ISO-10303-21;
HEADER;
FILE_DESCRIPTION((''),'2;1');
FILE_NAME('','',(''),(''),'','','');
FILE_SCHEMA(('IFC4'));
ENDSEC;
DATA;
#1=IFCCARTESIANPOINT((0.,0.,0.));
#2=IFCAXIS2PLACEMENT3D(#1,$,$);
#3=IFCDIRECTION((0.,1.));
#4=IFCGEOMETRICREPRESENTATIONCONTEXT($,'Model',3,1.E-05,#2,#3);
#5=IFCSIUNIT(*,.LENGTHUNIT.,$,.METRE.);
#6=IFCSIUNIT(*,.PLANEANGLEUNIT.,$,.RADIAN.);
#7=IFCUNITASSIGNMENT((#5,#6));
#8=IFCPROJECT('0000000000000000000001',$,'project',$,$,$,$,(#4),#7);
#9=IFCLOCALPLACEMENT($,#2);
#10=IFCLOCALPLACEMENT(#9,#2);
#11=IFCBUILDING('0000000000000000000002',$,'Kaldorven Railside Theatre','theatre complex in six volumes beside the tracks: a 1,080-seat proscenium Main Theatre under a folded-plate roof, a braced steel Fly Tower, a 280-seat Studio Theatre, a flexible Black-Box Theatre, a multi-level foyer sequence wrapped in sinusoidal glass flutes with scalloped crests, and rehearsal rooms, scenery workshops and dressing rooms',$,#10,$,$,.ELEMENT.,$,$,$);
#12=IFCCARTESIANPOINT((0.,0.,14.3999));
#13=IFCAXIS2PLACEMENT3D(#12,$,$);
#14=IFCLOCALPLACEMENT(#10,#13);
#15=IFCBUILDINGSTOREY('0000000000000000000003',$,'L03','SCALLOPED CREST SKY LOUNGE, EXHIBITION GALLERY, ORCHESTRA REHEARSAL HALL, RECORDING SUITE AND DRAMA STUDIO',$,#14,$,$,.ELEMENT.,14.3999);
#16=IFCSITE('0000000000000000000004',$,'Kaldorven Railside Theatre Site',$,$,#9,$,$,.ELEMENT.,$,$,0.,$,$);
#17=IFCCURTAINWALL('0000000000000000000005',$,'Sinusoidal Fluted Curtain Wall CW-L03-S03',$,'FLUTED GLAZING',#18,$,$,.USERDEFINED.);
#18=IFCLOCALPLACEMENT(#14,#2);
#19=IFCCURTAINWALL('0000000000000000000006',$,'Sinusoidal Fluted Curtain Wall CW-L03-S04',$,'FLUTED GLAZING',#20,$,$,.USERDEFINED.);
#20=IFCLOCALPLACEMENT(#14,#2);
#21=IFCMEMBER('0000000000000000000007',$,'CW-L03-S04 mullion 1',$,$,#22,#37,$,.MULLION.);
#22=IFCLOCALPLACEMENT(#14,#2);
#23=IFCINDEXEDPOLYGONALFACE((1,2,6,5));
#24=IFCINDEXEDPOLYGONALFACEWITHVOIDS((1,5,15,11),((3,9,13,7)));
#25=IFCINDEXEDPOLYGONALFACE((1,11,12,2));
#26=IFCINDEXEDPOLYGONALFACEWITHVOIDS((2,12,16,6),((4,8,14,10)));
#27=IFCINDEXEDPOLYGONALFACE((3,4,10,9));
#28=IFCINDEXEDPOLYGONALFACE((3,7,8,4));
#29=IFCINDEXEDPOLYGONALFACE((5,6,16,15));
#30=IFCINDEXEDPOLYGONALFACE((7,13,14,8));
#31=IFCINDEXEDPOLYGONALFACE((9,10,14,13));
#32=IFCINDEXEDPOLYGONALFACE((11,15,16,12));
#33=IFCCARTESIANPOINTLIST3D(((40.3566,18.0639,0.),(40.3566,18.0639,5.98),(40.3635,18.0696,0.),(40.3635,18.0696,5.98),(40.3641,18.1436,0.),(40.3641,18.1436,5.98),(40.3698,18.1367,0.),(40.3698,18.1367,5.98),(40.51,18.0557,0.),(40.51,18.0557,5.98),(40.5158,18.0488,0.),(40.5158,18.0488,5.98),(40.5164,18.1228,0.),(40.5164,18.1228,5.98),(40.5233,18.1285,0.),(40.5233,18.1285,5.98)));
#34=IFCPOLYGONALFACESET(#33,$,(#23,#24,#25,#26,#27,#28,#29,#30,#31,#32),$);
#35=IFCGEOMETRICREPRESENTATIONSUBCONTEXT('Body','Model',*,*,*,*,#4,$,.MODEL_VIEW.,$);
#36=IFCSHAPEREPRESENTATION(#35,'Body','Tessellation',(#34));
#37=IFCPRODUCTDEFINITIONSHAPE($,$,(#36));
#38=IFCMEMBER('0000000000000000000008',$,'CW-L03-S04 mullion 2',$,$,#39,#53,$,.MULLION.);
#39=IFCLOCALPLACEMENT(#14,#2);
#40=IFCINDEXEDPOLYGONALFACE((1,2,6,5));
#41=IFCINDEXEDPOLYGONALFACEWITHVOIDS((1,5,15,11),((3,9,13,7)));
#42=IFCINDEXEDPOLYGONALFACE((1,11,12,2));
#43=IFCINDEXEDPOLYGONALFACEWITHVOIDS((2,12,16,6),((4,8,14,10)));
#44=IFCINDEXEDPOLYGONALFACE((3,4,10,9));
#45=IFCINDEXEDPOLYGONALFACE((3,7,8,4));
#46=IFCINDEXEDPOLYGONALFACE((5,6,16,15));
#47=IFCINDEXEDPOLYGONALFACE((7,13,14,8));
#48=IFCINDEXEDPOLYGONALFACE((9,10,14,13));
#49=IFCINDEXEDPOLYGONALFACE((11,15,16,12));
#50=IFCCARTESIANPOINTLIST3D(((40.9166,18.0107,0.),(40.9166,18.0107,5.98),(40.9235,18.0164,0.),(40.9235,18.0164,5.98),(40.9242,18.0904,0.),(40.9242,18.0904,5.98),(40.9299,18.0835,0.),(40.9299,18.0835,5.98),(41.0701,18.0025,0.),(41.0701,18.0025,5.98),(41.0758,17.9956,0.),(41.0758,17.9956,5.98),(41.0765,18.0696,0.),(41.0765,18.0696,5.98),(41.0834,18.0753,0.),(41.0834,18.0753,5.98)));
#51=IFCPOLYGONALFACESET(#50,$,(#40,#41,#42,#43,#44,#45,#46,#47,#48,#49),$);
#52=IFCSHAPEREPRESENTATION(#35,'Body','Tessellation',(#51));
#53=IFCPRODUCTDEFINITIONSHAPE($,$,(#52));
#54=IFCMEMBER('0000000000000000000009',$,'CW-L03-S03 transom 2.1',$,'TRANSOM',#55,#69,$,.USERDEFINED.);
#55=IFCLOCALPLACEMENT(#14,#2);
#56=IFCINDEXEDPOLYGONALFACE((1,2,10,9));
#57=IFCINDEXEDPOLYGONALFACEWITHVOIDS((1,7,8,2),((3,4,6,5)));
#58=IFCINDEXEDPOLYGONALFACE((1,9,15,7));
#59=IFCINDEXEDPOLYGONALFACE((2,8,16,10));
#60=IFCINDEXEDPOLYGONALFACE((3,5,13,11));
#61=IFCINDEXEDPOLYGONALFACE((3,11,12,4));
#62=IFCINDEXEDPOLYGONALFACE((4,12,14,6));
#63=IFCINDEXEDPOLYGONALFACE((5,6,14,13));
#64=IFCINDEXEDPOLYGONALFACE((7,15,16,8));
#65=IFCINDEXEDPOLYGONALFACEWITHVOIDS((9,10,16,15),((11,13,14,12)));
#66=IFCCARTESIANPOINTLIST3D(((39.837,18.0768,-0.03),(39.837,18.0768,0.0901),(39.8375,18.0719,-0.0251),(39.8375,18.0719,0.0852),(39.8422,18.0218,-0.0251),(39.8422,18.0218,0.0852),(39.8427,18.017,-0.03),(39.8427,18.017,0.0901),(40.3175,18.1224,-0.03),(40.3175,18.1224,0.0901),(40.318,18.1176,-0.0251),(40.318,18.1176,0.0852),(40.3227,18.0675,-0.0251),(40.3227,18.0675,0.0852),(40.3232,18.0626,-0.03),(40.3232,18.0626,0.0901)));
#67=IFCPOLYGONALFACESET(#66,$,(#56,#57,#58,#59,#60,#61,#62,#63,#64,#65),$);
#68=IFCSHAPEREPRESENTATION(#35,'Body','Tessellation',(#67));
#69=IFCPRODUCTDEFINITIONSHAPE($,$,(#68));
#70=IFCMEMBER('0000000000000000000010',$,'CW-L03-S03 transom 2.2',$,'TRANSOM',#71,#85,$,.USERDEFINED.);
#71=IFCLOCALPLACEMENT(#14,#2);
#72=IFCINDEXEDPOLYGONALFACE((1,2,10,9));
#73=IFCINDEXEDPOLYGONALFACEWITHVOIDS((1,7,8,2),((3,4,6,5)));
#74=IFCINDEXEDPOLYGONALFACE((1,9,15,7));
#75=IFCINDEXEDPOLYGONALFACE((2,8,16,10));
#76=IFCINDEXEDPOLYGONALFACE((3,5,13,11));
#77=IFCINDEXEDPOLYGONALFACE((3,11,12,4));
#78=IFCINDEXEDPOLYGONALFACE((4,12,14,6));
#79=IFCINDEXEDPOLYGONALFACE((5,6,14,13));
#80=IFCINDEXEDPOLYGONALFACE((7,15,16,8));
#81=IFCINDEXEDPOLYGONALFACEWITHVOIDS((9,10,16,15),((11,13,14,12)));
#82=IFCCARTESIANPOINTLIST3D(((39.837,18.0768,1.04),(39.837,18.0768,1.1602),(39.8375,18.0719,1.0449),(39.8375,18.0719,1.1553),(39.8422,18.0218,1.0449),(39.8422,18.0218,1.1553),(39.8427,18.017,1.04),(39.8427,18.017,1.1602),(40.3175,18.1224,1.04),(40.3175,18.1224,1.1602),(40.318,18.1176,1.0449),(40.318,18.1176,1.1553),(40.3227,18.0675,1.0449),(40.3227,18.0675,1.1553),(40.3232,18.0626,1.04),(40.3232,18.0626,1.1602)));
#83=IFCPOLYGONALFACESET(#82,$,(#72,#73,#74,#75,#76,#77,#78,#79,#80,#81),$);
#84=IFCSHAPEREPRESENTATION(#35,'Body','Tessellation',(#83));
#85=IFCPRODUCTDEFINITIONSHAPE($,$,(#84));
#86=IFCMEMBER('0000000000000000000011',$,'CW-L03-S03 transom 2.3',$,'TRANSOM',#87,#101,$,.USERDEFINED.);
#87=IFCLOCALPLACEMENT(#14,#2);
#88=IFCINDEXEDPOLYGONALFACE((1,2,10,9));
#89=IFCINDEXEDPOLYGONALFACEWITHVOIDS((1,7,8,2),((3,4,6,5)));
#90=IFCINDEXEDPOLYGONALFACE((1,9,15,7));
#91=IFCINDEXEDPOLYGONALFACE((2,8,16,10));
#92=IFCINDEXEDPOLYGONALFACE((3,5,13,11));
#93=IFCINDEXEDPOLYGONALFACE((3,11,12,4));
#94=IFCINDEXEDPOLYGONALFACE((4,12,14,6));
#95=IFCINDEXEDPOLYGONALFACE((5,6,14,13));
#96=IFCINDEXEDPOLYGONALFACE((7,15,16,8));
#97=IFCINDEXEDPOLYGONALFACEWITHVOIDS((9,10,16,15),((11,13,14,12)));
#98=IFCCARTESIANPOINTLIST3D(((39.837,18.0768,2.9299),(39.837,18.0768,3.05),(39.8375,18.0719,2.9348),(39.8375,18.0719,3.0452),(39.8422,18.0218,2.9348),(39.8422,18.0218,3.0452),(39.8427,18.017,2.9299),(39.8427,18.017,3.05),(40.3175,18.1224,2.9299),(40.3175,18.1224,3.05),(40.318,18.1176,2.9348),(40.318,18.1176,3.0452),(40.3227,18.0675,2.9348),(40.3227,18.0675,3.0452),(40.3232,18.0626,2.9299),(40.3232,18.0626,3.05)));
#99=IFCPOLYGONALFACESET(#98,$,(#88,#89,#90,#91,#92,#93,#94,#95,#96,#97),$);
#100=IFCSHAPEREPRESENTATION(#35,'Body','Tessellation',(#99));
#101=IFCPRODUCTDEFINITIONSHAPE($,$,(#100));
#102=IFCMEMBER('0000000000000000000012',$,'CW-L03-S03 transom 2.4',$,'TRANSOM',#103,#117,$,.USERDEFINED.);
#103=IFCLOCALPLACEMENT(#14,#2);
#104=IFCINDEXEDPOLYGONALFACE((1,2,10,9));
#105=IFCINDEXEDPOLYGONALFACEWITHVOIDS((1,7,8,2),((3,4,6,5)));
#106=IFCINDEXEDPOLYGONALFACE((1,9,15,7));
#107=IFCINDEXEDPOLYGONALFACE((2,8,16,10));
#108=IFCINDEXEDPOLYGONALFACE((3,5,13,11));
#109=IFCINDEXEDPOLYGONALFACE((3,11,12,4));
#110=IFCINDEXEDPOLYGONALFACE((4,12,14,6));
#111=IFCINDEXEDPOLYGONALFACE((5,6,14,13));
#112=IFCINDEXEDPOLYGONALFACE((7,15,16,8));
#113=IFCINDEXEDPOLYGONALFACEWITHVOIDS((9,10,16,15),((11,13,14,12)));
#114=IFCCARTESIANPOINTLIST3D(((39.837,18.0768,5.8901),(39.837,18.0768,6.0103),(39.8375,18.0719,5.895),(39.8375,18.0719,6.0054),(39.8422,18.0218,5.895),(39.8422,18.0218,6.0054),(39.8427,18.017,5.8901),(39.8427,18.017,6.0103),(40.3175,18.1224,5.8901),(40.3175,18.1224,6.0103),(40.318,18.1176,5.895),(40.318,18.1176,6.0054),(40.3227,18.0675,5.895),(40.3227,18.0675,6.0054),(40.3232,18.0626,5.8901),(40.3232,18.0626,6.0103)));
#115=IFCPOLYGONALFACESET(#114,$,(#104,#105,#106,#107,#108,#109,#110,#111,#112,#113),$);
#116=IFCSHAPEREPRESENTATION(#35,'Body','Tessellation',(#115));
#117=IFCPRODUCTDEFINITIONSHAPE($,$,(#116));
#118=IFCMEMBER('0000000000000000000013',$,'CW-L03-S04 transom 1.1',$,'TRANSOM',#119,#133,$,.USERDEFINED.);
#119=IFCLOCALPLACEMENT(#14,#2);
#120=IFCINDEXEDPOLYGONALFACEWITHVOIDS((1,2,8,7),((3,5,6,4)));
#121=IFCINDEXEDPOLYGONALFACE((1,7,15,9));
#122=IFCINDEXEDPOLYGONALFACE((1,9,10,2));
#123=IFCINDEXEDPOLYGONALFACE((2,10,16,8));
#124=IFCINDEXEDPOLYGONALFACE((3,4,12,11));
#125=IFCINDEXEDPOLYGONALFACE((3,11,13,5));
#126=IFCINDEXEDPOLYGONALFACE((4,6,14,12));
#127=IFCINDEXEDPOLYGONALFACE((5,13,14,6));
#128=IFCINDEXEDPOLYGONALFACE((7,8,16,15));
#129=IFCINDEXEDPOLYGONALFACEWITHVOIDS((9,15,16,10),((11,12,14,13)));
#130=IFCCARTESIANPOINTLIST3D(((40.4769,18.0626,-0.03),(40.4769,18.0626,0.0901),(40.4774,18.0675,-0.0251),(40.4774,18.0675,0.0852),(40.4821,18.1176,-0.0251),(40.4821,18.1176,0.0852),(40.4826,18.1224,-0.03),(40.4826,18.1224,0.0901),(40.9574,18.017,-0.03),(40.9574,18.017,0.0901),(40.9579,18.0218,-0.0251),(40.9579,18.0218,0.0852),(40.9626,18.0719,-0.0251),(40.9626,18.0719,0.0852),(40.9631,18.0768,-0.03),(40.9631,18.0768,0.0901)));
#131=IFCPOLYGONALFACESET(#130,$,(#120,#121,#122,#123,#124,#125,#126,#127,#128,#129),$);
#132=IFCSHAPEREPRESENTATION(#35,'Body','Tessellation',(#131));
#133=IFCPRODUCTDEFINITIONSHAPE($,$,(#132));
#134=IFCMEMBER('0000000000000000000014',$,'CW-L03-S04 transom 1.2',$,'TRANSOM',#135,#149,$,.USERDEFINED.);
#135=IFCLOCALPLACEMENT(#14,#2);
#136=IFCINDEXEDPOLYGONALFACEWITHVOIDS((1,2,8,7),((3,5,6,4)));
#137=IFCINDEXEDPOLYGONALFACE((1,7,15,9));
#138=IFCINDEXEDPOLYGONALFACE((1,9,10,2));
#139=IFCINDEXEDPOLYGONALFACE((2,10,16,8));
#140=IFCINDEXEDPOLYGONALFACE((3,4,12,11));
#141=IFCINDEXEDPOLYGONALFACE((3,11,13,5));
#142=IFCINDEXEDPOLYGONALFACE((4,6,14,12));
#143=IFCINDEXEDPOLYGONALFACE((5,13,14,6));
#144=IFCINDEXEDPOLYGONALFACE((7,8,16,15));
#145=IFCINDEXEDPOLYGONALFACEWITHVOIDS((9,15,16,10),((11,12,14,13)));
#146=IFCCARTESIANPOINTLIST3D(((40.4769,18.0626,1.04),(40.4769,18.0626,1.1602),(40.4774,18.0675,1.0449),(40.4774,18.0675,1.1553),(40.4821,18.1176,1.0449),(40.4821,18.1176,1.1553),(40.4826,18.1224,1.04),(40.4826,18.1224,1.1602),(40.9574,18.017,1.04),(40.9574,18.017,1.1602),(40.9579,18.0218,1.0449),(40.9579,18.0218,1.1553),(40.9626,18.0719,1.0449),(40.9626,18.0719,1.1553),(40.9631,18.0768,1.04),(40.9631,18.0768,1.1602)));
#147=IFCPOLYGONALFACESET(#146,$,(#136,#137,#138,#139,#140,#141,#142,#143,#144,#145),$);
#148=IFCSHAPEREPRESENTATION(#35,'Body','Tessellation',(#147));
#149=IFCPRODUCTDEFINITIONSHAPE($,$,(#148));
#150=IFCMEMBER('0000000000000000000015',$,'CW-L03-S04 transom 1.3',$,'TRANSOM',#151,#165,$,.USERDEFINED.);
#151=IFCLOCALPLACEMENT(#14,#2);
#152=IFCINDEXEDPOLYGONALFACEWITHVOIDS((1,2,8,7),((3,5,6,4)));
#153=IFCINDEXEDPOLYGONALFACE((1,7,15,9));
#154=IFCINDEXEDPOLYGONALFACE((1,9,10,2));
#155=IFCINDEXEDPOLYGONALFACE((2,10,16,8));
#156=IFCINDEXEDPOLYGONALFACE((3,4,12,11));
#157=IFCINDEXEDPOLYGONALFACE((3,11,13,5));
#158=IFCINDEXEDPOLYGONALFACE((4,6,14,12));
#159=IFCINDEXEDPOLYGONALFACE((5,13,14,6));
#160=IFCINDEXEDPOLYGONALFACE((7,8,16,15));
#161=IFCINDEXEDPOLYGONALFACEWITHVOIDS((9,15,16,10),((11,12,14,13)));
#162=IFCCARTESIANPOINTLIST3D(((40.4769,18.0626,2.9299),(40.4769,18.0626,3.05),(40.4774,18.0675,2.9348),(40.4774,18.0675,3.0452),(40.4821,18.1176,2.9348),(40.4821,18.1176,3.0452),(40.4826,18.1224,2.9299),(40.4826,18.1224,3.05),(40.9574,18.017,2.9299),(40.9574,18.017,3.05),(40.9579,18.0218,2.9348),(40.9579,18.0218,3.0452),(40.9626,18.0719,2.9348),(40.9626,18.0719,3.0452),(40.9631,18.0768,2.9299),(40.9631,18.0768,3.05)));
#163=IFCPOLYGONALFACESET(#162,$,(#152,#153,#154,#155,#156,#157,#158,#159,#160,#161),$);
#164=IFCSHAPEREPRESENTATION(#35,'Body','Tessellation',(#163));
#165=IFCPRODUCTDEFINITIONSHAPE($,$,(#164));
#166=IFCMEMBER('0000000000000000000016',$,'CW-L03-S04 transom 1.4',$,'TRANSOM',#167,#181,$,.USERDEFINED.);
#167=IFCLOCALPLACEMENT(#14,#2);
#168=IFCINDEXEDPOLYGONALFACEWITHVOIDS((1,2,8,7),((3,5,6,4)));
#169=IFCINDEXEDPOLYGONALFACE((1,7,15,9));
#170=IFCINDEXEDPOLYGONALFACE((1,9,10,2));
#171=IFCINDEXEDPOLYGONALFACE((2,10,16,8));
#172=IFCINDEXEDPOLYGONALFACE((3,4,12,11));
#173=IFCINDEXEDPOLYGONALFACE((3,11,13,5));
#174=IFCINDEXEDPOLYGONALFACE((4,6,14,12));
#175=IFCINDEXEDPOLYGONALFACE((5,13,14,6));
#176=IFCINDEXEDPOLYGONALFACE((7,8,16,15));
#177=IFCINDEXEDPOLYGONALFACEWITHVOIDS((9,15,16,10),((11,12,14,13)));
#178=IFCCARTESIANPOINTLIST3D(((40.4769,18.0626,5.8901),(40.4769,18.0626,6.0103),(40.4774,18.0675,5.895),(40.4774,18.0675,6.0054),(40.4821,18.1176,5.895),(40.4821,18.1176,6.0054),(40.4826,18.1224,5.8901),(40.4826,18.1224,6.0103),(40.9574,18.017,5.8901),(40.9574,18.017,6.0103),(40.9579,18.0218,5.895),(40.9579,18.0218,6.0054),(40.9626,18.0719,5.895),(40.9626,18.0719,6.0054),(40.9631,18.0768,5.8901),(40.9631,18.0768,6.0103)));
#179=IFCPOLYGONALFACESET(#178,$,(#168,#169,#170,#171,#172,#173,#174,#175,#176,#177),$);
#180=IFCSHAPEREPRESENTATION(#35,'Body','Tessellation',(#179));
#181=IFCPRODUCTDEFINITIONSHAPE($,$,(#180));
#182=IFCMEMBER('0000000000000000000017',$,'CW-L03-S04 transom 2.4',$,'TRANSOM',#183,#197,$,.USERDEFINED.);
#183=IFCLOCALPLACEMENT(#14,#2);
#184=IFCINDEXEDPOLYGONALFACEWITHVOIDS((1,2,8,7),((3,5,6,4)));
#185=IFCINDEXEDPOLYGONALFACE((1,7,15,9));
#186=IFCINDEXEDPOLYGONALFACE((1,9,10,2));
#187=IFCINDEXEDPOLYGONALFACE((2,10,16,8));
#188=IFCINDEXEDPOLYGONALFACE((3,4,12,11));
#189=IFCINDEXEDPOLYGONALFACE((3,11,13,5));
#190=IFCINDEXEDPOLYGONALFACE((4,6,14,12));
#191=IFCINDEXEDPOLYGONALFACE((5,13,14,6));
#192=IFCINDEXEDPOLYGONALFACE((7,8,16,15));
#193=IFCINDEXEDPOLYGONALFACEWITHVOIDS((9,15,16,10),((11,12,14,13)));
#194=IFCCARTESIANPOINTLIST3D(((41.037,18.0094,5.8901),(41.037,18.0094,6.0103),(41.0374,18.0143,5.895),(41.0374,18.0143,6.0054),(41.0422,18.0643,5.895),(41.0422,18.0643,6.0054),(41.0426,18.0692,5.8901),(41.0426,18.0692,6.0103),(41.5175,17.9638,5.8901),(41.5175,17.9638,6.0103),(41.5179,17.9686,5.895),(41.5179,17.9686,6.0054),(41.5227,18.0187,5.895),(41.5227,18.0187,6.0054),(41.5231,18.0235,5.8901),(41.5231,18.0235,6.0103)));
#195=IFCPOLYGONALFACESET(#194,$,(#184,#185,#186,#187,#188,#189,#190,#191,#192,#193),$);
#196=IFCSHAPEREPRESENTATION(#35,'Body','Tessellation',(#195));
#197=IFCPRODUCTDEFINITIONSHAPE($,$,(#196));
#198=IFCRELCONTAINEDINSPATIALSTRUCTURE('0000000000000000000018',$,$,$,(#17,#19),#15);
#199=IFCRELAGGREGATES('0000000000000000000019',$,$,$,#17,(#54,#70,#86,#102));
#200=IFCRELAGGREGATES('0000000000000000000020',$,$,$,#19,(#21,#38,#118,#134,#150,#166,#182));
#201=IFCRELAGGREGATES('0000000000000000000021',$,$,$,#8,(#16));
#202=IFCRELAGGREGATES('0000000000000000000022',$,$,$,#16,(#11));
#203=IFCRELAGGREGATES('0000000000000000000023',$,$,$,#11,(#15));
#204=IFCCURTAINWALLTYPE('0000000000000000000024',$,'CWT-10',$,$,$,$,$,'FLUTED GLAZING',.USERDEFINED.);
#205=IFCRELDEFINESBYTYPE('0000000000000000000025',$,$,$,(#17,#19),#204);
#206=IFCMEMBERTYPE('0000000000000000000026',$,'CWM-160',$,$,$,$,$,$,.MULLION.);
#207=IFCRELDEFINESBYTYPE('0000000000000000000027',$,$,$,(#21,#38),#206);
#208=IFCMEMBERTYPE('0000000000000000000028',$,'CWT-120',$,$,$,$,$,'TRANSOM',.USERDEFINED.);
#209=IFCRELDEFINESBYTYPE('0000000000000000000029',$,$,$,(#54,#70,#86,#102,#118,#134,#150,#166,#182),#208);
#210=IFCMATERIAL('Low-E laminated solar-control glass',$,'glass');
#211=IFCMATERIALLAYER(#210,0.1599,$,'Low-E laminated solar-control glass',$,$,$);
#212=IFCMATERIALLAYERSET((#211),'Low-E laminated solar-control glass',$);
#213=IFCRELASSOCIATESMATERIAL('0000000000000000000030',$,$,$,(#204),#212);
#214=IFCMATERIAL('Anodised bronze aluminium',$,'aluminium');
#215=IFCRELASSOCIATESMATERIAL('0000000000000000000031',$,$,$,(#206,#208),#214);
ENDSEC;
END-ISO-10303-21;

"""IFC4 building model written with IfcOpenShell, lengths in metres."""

from ifc_helpers import new_model, si_unit, direction, frame, origin, origin_2d, place, context, subcontext, project, spatial, hollow_rectangle, extrude, material, layer, layer_set, material_profile, profile_set, type_object, element, aggregate, save


model = new_model("IFC4")

# Units and contexts
model_context = context("Model", 3, precision=1e-05, world=origin(), true_north=direction((0.0, 1.0)))
body_context = subcontext(model_context, "Body", "Model", "MODEL_VIEW")
ifc_project = project(units=[si_unit("LENGTHUNIT", "METRE"), si_unit("PLANEANGLEUNIT", "RADIAN")], contexts=[model_context])

# Site, building, storey
site_placement = place(None, origin())
site = spatial("IfcSite", under=ifc_project, at=site_placement, Name="Kaldorven Railside Theatre Site", CompositionType="ELEMENT", RefElevation=0.0)
building_placement = place(site_placement, origin())
building = spatial("IfcBuilding", under=site, at=building_placement, Name="Kaldorven Railside Theatre", Description="theatre complex in six volumes beside the tracks: a 1,080-seat proscenium Main Theatre under a folded-plate roof, a braced steel Fly Tower, a 280-seat Studio Theatre, a flexible Black-Box Theatre, a multi-level foyer sequence wrapped in sinusoidal glass flutes with scalloped crests, and rehearsal rooms, scenery workshops and dressing rooms", CompositionType="ELEMENT")
storey_placement = place(building_placement, frame((0.0, 0.0, 14.3999)))
storey = spatial("IfcBuildingStorey", under=building, at=storey_placement, Name="L03", Description="SCALLOPED CREST SKY LOUNGE, EXHIBITION GALLERY, ORCHESTRA REHEARSAL HALL, RECORDING SUITE AND DRAMA STUDIO", CompositionType="ELEMENT", Elevation=14.3999)

# Curtain walls, members
ifc_material_1 = material(Name="Low-E laminated solar-control glass", Category="glass")
ifc_layer_1 = layer(ifc_material_1, 0.1599, Name="Low-E laminated solar-control glass")
ifc_layer_set_1 = layer_set([ifc_layer_1], Name="Low-E laminated solar-control glass")
curtain_wall_type = type_object("IfcCurtainWallType", Name="CWT-10", ElementType="FLUTED GLAZING", PredefinedType="USERDEFINED", material=ifc_layer_set_1)
curtain_wall_1_placement = place(storey_placement, origin())
curtain_wall_1 = element("IfcCurtainWall", 1, at=curtain_wall_1_placement, inside=storey, type_object=curtain_wall_type, Name="Sinusoidal Fluted Curtain Wall CW-L03-S03", ObjectType="FLUTED GLAZING", PredefinedType="USERDEFINED")
ifc_material_2 = material(Name="Anodised bronze aluminium", Category="aluminium")
ifc_material_profile_1 = material_profile(ifc_material_2, hollow_rectangle(XDim=0.0801, YDim=0.1599, WallThickness=0.0063, at=origin_2d()), Name="RHS 160x80x6.3")
ifc_profile_set_1 = profile_set([ifc_material_profile_1], Name="Anodised bronze aluminium")
member_type_1 = type_object("IfcMemberType", Name="CWM-160", PredefinedType="MULLION", material=ifc_profile_set_1)
curtain_wall_2_placement = place(storey_placement, origin())
curtain_wall_2 = element("IfcCurtainWall", 2, at=curtain_wall_2_placement, inside=storey, type_object=curtain_wall_type, Name="Sinusoidal Fluted Curtain Wall CW-L03-S04", ObjectType="FLUTED GLAZING", PredefinedType="USERDEFINED")
member_1_placement = place(storey_placement, frame((40.4399, 18.0962, 0.0), z_axis=(0.0, 0.0, 1.0), x_axis=(0.094492, 0.995526, 0.0)))
member_1 = element("IfcMember", 3, at=member_1_placement, type_object=member_type_1, Name="CW-L03-S04 mullion 1", PredefinedType="MULLION", context=body_context, shape_type="SweptSolid", body=[
    extrude(hollow_rectangle(XDim=0.0801, YDim=0.1599, WallThickness=0.0063, at=origin_2d()), origin(), (0.0, 0.0, 1.0), 5.98),
])
member_2_placement = place(storey_placement, frame((41.0, 18.043, 0.0), z_axis=(0.0, 0.0, 1.0), x_axis=(0.094492, 0.995526, 0.0)))
member_2 = element("IfcMember", 4, at=member_2_placement, type_object=member_type_1, Name="CW-L03-S04 mullion 2", PredefinedType="MULLION", context=body_context, shape_type="SweptSolid", body=[
    extrude(hollow_rectangle(XDim=0.0801, YDim=0.1599, WallThickness=0.0063, at=origin_2d()), origin(), (0.0, 0.0, 1.0), 5.98),
])

# Members
ifc_material_profile_2 = material_profile(ifc_material_2, hollow_rectangle(XDim=0.0601, YDim=0.1201, WallThickness=0.0049, at=origin_2d()), Name="RHS 120x60x5")
ifc_profile_set_2 = profile_set([ifc_material_profile_2], Name="Anodised bronze aluminium")
member_type_2 = type_object("IfcMemberType", Name="CWT-120", ElementType="TRANSOM", PredefinedType="USERDEFINED", material=ifc_profile_set_2)
member_3_placement = place(storey_placement, frame((39.8398, 18.0469, 0.03), z_axis=(0.995516, 0.094594, 0.0), x_axis=(-0.094594, 0.995516, 0.0)))
member_3 = element("IfcMember", 5, at=member_3_placement, type_object=member_type_2, Name="CW-L03-S03 transom 2.1", ObjectType="TRANSOM", PredefinedType="USERDEFINED", context=body_context, shape_type="SweptSolid", body=[
    extrude(hollow_rectangle(XDim=0.0601, YDim=0.1201, WallThickness=0.0049, at=origin_2d()), origin(), (0.0, 0.0, 1.0), 0.4827),
])
member_4_placement = place(storey_placement, frame((39.8398, 18.0469, 1.1001), z_axis=(0.995516, 0.094594, 0.0), x_axis=(-0.094594, 0.995516, 0.0)))
member_4 = element("IfcMember", 6, at=member_4_placement, type_object=member_type_2, Name="CW-L03-S03 transom 2.2", ObjectType="TRANSOM", PredefinedType="USERDEFINED", context=body_context, shape_type="SweptSolid", body=[
    extrude(hollow_rectangle(XDim=0.0601, YDim=0.1201, WallThickness=0.0049, at=origin_2d()), origin(), (0.0, 0.0, 1.0), 0.4827),
])
member_5_placement = place(storey_placement, frame((39.8398, 18.0469, 2.99), z_axis=(0.995516, 0.094594, 0.0), x_axis=(-0.094594, 0.995516, 0.0)))
member_5 = element("IfcMember", 7, at=member_5_placement, type_object=member_type_2, Name="CW-L03-S03 transom 2.3", ObjectType="TRANSOM", PredefinedType="USERDEFINED", context=body_context, shape_type="SweptSolid", body=[
    extrude(hollow_rectangle(XDim=0.0601, YDim=0.1201, WallThickness=0.0049, at=origin_2d()), origin(), (0.0, 0.0, 1.0), 0.4827),
])
member_6_placement = place(storey_placement, frame((39.8398, 18.0469, 5.9502), z_axis=(0.995516, 0.094594, 0.0), x_axis=(-0.094594, 0.995516, 0.0)))
member_6 = element("IfcMember", 8, at=member_6_placement, type_object=member_type_2, Name="CW-L03-S03 transom 2.4", ObjectType="TRANSOM", PredefinedType="USERDEFINED", context=body_context, shape_type="SweptSolid", body=[
    extrude(hollow_rectangle(XDim=0.0601, YDim=0.1201, WallThickness=0.0049, at=origin_2d()), origin(), (0.0, 0.0, 1.0), 0.4827),
])
member_7_placement = place(storey_placement, frame((40.4797, 18.0925, 0.03), z_axis=(0.995516, -0.094594, 0.0), x_axis=(0.094594, 0.995516, 0.0)))
member_7 = element("IfcMember", 9, at=member_7_placement, type_object=member_type_2, Name="CW-L03-S04 transom 1.1", ObjectType="TRANSOM", PredefinedType="USERDEFINED", context=body_context, shape_type="SweptSolid", body=[
    extrude(hollow_rectangle(XDim=0.0601, YDim=0.1201, WallThickness=0.0049, at=origin_2d()), origin(), (0.0, 0.0, 1.0), 0.4827),
])
member_8_placement = place(storey_placement, frame((40.4797, 18.0925, 1.1001), z_axis=(0.995516, -0.094594, 0.0), x_axis=(0.094594, 0.995516, 0.0)))
member_8 = element("IfcMember", 10, at=member_8_placement, type_object=member_type_2, Name="CW-L03-S04 transom 1.2", ObjectType="TRANSOM", PredefinedType="USERDEFINED", context=body_context, shape_type="SweptSolid", body=[
    extrude(hollow_rectangle(XDim=0.0601, YDim=0.1201, WallThickness=0.0049, at=origin_2d()), origin(), (0.0, 0.0, 1.0), 0.4827),
])
member_9_placement = place(storey_placement, frame((40.4797, 18.0925, 2.99), z_axis=(0.995516, -0.094594, 0.0), x_axis=(0.094594, 0.995516, 0.0)))
member_9 = element("IfcMember", 11, at=member_9_placement, type_object=member_type_2, Name="CW-L03-S04 transom 1.3", ObjectType="TRANSOM", PredefinedType="USERDEFINED", context=body_context, shape_type="SweptSolid", body=[
    extrude(hollow_rectangle(XDim=0.0601, YDim=0.1201, WallThickness=0.0049, at=origin_2d()), origin(), (0.0, 0.0, 1.0), 0.4827),
])
member_10_placement = place(storey_placement, frame((40.4797, 18.0925, 5.9502), z_axis=(0.995516, -0.094594, 0.0), x_axis=(0.094594, 0.995516, 0.0)))
member_10 = element("IfcMember", 12, at=member_10_placement, type_object=member_type_2, Name="CW-L03-S04 transom 1.4", ObjectType="TRANSOM", PredefinedType="USERDEFINED", context=body_context, shape_type="SweptSolid", body=[
    extrude(hollow_rectangle(XDim=0.0601, YDim=0.1201, WallThickness=0.0049, at=origin_2d()), origin(), (0.0, 0.0, 1.0), 0.4827),
])
member_11_placement = place(storey_placement, frame((41.0398, 18.0393, 5.9502), z_axis=(0.995516, -0.094594, 0.0), x_axis=(0.094594, 0.995516, 0.0)))
member_11 = element("IfcMember", 13, at=member_11_placement, type_object=member_type_2, Name="CW-L03-S04 transom 2.4", ObjectType="TRANSOM", PredefinedType="USERDEFINED", context=body_context, shape_type="SweptSolid", body=[
    extrude(hollow_rectangle(XDim=0.0601, YDim=0.1201, WallThickness=0.0049, at=origin_2d()), origin(), (0.0, 0.0, 1.0), 0.4827),
])

aggregate(curtain_wall_1, [member_3, member_4, member_5, member_6])
aggregate(curtain_wall_2, [member_1, member_2, member_7, member_8, member_9, member_10, member_11])

save(model, "model.ifc")
